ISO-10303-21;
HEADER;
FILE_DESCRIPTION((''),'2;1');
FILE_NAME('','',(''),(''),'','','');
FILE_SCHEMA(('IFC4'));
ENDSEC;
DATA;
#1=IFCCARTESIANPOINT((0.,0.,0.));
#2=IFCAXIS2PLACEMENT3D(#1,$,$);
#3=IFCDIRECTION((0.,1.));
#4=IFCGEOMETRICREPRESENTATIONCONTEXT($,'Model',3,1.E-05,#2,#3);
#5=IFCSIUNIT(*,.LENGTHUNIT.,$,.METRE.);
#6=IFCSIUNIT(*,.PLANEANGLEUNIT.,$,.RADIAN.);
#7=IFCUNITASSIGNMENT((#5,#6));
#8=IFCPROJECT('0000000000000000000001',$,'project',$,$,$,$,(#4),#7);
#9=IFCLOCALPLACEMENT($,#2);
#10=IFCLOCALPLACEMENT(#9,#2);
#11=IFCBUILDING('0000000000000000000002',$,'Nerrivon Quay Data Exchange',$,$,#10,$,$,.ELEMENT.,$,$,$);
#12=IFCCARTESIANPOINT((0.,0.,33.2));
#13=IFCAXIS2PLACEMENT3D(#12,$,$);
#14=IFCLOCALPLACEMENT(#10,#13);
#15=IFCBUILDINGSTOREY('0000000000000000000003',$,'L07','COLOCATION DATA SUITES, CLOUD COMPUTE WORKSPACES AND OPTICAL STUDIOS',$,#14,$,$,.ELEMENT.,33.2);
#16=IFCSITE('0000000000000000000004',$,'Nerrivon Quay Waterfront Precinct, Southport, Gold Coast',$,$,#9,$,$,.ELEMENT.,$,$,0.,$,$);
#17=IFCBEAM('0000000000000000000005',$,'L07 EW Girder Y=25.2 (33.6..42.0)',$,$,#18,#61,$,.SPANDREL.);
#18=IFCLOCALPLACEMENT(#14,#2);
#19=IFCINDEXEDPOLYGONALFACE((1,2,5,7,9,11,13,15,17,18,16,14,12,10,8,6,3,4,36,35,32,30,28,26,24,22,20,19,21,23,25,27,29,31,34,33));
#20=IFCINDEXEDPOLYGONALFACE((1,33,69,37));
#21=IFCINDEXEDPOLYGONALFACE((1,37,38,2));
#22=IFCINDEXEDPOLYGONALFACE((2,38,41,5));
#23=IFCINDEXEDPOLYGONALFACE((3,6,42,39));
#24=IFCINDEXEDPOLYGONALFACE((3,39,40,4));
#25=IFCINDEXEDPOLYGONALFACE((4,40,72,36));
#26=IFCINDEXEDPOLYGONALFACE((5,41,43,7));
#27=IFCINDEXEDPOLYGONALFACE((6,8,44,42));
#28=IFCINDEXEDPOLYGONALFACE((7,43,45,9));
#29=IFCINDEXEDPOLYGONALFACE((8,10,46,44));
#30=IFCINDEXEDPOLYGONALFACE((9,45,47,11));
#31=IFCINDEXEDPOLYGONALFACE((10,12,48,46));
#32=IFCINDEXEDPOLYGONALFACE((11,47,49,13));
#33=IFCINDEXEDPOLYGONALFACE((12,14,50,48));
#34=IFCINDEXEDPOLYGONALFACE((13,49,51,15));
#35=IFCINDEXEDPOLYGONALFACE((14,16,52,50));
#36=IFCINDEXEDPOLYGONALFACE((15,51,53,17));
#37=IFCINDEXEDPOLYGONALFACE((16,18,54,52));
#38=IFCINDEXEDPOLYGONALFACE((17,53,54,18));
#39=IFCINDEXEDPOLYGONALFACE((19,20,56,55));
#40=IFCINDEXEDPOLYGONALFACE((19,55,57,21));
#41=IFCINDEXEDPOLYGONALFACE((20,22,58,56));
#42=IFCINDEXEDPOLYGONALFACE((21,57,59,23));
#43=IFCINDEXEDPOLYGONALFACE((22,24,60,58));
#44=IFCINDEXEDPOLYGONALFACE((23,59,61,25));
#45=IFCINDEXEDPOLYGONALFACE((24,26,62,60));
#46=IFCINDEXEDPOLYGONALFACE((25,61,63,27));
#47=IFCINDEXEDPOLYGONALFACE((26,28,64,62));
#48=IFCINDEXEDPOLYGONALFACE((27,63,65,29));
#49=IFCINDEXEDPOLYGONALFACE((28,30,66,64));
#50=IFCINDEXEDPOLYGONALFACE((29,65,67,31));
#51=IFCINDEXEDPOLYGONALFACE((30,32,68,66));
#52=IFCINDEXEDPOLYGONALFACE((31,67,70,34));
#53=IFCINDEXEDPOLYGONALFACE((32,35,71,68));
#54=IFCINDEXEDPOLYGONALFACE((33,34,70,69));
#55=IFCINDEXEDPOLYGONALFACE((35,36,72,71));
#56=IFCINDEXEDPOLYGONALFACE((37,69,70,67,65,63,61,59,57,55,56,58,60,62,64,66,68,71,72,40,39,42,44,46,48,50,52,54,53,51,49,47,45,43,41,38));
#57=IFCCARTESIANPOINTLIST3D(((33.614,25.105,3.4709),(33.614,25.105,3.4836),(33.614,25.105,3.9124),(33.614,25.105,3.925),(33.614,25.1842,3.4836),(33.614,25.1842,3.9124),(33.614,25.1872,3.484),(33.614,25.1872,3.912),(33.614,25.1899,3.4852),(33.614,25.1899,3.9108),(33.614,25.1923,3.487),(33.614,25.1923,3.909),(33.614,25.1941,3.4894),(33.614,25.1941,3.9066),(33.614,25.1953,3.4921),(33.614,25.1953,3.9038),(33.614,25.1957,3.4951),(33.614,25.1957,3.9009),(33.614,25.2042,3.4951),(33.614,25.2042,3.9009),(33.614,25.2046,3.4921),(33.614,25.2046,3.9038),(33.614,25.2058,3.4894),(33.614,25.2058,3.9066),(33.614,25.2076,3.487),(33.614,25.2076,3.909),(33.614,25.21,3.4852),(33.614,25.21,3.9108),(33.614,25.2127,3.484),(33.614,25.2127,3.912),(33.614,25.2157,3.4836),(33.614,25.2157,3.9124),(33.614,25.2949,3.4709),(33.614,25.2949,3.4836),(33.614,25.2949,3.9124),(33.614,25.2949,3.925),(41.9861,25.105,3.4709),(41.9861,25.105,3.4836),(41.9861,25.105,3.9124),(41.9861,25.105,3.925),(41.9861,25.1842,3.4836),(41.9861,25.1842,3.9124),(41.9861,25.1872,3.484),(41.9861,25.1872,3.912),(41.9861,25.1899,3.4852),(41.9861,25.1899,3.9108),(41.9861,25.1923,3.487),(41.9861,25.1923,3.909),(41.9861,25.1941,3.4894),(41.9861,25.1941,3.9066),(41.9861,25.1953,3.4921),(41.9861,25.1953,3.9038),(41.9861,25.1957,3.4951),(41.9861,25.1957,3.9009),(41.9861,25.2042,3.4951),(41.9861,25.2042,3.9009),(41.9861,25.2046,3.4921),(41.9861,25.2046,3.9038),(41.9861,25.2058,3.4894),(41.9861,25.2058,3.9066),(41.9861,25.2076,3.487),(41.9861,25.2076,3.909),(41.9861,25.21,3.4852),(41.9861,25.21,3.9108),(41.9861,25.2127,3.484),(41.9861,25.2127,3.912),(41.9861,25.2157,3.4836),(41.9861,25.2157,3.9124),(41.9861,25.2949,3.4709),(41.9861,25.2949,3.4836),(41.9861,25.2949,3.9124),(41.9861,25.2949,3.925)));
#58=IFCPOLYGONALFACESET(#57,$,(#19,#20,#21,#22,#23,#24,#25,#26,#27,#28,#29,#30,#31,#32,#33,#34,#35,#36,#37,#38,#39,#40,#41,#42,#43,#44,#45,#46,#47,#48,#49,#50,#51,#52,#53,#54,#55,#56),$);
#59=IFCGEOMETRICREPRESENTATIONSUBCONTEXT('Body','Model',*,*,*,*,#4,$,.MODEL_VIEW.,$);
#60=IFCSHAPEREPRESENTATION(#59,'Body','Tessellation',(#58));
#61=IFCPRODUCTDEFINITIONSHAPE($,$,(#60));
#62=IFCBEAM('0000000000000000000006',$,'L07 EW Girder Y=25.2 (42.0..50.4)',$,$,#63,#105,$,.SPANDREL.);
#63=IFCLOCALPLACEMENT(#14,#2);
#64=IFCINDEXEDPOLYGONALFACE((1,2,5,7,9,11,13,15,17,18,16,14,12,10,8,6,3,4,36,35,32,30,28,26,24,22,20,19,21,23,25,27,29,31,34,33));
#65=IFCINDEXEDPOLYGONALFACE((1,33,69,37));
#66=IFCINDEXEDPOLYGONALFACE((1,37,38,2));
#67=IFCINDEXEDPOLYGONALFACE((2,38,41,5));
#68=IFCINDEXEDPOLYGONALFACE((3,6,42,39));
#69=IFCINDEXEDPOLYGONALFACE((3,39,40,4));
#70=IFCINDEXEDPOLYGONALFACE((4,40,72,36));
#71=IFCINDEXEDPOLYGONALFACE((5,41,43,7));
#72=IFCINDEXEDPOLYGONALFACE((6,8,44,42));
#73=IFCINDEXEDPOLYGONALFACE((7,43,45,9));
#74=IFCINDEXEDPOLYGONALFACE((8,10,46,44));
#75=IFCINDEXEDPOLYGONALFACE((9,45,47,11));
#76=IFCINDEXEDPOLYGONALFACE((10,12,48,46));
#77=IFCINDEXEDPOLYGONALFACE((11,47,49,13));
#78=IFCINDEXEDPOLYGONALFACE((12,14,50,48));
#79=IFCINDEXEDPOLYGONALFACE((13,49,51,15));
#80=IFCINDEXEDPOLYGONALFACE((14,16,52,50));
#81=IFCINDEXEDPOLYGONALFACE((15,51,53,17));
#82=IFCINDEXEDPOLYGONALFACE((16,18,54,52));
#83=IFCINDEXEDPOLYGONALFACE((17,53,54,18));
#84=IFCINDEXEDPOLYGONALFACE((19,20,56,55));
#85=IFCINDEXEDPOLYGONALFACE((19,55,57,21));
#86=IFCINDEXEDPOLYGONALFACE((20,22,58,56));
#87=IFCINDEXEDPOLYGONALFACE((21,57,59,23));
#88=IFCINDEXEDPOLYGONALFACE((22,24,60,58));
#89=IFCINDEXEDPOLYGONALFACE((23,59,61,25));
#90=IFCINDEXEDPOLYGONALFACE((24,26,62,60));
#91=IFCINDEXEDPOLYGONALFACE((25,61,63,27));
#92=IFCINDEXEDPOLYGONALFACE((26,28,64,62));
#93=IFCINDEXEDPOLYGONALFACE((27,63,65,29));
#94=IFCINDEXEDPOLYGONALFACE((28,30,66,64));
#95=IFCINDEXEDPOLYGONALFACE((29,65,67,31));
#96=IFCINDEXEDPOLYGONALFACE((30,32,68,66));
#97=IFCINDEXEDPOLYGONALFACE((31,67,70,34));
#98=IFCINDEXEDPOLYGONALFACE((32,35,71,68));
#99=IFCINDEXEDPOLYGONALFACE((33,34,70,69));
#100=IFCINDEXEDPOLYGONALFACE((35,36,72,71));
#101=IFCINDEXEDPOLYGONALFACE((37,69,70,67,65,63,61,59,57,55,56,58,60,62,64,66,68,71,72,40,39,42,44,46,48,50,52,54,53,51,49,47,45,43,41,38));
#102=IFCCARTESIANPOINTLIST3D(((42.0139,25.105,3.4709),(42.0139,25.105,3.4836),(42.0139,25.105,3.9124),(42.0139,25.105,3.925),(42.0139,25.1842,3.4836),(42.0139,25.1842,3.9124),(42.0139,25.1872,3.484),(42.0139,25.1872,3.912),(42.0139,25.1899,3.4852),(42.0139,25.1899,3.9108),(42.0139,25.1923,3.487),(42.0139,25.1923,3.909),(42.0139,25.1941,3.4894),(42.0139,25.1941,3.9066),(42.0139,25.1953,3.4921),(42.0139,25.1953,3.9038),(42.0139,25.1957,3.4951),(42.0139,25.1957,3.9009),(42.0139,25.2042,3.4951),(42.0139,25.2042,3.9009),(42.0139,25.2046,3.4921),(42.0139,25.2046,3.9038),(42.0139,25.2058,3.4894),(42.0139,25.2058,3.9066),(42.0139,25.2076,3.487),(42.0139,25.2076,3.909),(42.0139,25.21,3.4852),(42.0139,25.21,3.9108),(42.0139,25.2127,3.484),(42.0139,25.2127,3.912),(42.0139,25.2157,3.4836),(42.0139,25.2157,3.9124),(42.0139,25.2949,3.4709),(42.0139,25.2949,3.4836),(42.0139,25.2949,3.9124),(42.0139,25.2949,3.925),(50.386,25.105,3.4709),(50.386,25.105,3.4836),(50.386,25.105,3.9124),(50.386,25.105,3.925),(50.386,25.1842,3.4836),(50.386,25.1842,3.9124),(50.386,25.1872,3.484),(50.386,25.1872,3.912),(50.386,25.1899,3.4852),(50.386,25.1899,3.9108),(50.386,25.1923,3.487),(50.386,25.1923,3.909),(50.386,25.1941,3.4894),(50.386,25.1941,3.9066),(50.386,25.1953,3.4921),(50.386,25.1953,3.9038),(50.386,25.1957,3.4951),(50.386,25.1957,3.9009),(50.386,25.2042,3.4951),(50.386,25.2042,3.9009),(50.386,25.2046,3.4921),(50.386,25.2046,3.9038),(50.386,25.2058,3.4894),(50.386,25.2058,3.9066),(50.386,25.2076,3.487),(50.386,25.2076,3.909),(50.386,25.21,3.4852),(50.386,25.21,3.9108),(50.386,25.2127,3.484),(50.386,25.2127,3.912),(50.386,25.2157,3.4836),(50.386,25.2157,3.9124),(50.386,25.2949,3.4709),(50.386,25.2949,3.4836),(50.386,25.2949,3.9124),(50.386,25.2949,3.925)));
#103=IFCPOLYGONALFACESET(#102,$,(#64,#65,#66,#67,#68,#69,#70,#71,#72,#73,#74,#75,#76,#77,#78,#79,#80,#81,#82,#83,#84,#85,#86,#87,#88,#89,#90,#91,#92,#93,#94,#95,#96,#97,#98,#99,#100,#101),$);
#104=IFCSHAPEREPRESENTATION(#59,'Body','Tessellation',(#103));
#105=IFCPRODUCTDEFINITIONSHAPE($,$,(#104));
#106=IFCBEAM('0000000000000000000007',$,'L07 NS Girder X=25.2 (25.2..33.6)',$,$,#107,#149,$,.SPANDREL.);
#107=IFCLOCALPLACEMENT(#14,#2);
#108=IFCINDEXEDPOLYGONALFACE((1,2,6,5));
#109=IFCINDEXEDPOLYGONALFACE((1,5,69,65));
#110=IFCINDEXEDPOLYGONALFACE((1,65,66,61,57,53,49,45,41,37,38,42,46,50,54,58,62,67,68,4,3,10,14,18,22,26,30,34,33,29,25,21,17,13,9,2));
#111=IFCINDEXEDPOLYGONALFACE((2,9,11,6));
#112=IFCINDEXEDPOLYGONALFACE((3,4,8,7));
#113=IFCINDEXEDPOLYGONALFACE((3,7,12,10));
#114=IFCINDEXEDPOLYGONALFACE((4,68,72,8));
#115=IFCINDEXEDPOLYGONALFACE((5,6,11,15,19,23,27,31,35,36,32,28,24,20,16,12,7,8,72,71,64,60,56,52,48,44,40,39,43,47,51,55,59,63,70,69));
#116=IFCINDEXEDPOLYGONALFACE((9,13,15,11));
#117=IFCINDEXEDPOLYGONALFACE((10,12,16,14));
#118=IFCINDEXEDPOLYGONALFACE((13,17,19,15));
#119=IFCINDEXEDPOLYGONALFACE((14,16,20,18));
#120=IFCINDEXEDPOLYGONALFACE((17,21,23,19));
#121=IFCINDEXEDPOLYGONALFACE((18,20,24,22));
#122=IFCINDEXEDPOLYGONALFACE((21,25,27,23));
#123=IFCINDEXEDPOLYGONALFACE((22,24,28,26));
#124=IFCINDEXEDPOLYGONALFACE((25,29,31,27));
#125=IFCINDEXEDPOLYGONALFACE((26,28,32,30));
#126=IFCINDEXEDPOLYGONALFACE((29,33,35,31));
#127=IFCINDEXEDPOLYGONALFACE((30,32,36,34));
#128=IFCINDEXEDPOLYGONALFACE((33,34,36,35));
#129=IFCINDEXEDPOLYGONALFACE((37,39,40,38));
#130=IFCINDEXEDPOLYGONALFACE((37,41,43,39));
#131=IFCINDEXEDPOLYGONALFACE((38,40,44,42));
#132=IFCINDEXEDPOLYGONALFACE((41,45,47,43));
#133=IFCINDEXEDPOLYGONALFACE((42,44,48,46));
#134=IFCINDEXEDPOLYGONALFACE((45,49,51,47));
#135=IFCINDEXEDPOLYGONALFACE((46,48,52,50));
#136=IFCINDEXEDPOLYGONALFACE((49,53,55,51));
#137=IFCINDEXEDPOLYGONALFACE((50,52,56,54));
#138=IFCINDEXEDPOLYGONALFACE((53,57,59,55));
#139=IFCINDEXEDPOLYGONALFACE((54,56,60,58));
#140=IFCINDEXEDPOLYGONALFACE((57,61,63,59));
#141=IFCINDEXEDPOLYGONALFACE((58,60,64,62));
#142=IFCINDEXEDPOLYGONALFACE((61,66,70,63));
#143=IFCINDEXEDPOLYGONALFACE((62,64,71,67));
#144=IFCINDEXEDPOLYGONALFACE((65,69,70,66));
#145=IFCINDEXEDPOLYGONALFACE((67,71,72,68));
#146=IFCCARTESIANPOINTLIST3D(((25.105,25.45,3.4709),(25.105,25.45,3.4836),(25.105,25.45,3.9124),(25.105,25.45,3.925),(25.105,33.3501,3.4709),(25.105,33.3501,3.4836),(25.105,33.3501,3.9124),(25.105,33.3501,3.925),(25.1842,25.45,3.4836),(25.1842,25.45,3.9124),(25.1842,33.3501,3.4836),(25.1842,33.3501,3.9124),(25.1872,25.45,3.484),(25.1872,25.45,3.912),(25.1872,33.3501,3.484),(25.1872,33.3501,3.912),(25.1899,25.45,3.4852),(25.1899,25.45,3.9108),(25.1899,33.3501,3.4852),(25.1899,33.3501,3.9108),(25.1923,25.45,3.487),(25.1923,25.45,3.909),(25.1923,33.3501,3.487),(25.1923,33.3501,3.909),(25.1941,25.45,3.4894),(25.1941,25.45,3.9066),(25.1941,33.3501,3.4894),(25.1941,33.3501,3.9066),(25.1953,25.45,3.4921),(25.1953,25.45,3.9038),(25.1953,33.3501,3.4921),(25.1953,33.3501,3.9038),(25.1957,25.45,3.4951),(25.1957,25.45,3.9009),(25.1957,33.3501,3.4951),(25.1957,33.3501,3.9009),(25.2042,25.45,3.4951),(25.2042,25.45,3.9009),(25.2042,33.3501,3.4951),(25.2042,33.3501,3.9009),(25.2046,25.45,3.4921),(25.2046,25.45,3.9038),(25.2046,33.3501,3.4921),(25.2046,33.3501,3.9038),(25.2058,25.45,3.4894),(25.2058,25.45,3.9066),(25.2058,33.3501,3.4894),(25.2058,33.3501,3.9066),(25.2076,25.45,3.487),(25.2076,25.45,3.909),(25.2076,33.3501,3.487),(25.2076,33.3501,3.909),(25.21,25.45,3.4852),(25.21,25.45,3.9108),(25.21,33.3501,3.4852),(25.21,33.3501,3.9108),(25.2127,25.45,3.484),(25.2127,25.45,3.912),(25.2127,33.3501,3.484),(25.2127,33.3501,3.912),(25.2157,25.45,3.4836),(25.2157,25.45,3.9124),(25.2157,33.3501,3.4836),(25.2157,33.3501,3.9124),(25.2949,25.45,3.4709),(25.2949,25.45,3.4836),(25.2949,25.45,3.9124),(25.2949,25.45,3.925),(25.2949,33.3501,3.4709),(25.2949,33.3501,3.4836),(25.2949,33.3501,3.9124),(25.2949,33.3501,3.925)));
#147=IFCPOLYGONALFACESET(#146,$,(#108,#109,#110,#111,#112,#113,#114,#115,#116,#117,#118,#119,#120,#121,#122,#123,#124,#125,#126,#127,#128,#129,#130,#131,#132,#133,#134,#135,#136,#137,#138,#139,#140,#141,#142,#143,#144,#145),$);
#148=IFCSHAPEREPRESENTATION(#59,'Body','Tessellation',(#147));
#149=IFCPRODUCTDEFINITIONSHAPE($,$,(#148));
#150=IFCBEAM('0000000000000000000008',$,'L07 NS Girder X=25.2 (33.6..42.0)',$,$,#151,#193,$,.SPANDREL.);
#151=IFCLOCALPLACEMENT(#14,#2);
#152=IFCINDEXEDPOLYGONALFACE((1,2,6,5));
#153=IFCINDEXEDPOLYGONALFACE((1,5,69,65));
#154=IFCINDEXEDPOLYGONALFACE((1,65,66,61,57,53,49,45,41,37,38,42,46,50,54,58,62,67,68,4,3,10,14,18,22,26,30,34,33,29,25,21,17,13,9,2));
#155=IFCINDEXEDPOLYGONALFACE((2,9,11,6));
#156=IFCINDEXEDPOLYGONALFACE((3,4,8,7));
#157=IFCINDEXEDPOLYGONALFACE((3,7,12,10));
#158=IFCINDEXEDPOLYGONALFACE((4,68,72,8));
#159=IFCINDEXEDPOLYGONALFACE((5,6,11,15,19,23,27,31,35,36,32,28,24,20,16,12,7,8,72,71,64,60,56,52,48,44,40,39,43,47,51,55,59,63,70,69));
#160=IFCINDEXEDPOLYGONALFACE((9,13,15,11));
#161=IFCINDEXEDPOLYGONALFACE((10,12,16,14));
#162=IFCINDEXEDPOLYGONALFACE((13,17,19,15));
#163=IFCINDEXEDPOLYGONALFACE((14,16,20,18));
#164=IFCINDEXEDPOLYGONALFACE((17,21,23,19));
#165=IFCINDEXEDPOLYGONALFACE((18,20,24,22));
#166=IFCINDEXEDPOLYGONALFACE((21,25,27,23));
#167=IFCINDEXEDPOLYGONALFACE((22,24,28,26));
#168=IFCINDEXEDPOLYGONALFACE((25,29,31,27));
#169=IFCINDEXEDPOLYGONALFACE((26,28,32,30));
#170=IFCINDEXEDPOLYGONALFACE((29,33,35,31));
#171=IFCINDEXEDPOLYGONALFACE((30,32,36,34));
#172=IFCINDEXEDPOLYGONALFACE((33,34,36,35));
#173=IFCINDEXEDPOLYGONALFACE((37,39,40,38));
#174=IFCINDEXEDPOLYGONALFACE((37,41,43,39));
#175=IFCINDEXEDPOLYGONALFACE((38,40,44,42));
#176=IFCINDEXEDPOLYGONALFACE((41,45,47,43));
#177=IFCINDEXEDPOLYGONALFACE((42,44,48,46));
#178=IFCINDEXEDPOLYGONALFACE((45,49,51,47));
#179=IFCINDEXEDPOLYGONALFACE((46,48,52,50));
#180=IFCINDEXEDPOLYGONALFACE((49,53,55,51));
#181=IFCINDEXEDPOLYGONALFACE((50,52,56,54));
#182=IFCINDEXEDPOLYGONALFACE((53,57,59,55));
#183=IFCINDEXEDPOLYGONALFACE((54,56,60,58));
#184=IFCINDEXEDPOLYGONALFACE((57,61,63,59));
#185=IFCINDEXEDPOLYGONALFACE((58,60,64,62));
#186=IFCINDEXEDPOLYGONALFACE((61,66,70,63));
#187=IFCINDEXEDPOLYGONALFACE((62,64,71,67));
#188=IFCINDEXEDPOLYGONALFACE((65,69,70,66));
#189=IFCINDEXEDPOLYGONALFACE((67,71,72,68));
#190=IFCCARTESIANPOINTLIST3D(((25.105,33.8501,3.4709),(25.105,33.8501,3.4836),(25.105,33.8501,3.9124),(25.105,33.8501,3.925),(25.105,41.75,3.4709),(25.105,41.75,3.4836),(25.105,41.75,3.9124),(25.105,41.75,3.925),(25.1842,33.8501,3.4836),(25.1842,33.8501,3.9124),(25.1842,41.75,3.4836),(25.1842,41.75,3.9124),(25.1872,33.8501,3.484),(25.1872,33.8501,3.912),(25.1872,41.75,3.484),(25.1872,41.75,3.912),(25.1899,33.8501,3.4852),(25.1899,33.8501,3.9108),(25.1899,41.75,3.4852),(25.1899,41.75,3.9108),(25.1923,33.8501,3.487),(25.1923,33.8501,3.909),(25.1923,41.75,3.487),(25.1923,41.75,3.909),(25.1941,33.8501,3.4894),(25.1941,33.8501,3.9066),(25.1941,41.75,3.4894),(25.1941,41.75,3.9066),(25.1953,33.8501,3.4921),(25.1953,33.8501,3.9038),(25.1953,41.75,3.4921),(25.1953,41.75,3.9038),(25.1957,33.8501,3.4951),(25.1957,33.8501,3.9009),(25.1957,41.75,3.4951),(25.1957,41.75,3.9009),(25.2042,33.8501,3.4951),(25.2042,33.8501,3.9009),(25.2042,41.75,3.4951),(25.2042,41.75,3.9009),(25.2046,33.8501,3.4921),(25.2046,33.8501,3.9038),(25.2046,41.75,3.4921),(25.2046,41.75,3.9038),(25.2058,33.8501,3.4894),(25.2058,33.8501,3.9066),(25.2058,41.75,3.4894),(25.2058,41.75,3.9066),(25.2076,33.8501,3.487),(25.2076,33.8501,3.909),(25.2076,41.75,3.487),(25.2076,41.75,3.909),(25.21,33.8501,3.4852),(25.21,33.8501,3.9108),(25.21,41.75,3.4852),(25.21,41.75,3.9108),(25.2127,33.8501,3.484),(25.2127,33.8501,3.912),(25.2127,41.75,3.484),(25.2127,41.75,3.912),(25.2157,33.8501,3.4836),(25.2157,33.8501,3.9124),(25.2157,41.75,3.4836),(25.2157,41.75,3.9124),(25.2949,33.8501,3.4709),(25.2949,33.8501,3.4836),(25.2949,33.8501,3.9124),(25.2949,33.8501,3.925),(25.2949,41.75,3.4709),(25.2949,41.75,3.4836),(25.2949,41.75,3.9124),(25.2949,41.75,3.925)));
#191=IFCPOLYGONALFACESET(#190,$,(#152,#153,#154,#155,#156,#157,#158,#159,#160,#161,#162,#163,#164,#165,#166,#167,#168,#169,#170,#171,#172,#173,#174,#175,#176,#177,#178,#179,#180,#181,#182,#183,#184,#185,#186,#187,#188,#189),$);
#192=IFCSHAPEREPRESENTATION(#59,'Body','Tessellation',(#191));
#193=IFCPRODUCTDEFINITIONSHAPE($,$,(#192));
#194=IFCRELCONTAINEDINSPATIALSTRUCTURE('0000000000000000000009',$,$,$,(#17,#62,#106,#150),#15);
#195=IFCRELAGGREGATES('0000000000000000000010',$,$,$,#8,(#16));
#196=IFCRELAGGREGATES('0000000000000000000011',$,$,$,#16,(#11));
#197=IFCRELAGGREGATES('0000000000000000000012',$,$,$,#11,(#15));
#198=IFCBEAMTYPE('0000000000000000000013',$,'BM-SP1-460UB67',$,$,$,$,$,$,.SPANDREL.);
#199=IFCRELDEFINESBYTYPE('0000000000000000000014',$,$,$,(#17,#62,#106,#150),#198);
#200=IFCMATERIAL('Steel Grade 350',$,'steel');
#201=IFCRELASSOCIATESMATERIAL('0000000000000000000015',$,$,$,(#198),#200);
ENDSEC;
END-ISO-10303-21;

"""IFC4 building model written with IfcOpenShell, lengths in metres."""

from ifc_helpers import new_model, si_unit, direction, frame, origin, origin_2d, place, context, subcontext, project, spatial, i_section, extrude, material, material_profile, profile_set, type_object, element, save


model = new_model("IFC4")

# Units and contexts
model_context = context("Model", 3, precision=1e-05, world=origin(), true_north=direction((0.0, 1.0)))
body_context = subcontext(model_context, "Body", "Model", "MODEL_VIEW")
ifc_project = project(units=[si_unit("LENGTHUNIT", "METRE"), si_unit("PLANEANGLEUNIT", "RADIAN")], contexts=[model_context])

# Site, building, storey
site_placement = place(None, origin())
site = spatial("IfcSite", under=ifc_project, at=site_placement, Name="Nerrivon Quay Waterfront Precinct, Southport, Gold Coast", CompositionType="ELEMENT", RefElevation=0.0)
building_placement = place(site_placement, origin())
building = spatial("IfcBuilding", under=site, at=building_placement, Name="Nerrivon Quay Data Exchange", CompositionType="ELEMENT")
storey_placement = place(building_placement, frame((0.0, 0.0, 33.2)))
storey = spatial("IfcBuildingStorey", under=building, at=storey_placement, Name="L07", Description="COLOCATION DATA SUITES, CLOUD COMPUTE WORKSPACES AND OPTICAL STUDIOS", CompositionType="ELEMENT", Elevation=33.2)

# Shared definitions
ifc_material_1 = material(Name="Steel Grade 350", Category="steel")

# Beams
ifc_material_profile_1 = material_profile(ifc_material_1, i_section(OverallWidth=0.1899, OverallDepth=0.4541, WebThickness=0.0085, FlangeThickness=0.0127, FilletRadius=0.0115, at=origin_2d()), Name="460UB67.1")
ifc_profile_set_1 = profile_set([ifc_material_profile_1], Name="Steel Grade 350")
beam_type = type_object("IfcBeamType", Name="BM-SP1-460UB67", PredefinedType="SPANDREL", material=ifc_profile_set_1)
for number, where, z_axis, x_axis, name in (
    (1, (33.614, 25.2, 3.698), (1.0, 0.0, 0.0), (0.0, 1.0, 0.0), "L07 EW Girder Y=25.2 (33.6..42.0)"),
    (2, (42.0139, 25.2, 3.698), (1.0, 0.0, 0.0), (0.0, 1.0, 0.0), "L07 EW Girder Y=25.2 (42.0..50.4)"),
):
    element("IfcBeam", number, at=place(storey_placement, frame(where, z_axis=z_axis, x_axis=x_axis)), inside=storey, type_object=beam_type, Name=name, PredefinedType="SPANDREL", context=body_context, shape_type="SweptSolid", body=[
        extrude(i_section(OverallWidth=0.1899, OverallDepth=0.4541, WebThickness=0.0085, FlangeThickness=0.0127, FilletRadius=0.0115, at=origin_2d()), origin(), (0.0, 0.0, 1.0), 8.3721),
    ])
beam_1_placement = place(storey_placement, frame((25.2, 25.45, 3.698), z_axis=(0.0, 1.0, 0.0), x_axis=(-1.0, 0.0, 0.0)))
element("IfcBeam", 3, at=beam_1_placement, inside=storey, type_object=beam_type, Name="L07 NS Girder X=25.2 (25.2..33.6)", PredefinedType="SPANDREL", context=body_context, shape_type="SweptSolid", body=[
    extrude(i_section(OverallWidth=0.1899, OverallDepth=0.4541, WebThickness=0.0085, FlangeThickness=0.0127, FilletRadius=0.0115, at=origin_2d()), origin(), (0.0, 0.0, 1.0), 7.9001),
])
beam_2_placement = place(storey_placement, frame((25.2, 33.8501, 3.698), z_axis=(0.0, 1.0, 0.0), x_axis=(-1.0, 0.0, 0.0)))
element("IfcBeam", 4, at=beam_2_placement, inside=storey, type_object=beam_type, Name="L07 NS Girder X=25.2 (33.6..42.0)", PredefinedType="SPANDREL", context=body_context, shape_type="SweptSolid", body=[
    extrude(i_section(OverallWidth=0.1899, OverallDepth=0.4541, WebThickness=0.0085, FlangeThickness=0.0127, FilletRadius=0.0115, at=origin_2d()), origin(), (0.0, 0.0, 1.0), 7.8999),
])

save(model, "model.ifc")
